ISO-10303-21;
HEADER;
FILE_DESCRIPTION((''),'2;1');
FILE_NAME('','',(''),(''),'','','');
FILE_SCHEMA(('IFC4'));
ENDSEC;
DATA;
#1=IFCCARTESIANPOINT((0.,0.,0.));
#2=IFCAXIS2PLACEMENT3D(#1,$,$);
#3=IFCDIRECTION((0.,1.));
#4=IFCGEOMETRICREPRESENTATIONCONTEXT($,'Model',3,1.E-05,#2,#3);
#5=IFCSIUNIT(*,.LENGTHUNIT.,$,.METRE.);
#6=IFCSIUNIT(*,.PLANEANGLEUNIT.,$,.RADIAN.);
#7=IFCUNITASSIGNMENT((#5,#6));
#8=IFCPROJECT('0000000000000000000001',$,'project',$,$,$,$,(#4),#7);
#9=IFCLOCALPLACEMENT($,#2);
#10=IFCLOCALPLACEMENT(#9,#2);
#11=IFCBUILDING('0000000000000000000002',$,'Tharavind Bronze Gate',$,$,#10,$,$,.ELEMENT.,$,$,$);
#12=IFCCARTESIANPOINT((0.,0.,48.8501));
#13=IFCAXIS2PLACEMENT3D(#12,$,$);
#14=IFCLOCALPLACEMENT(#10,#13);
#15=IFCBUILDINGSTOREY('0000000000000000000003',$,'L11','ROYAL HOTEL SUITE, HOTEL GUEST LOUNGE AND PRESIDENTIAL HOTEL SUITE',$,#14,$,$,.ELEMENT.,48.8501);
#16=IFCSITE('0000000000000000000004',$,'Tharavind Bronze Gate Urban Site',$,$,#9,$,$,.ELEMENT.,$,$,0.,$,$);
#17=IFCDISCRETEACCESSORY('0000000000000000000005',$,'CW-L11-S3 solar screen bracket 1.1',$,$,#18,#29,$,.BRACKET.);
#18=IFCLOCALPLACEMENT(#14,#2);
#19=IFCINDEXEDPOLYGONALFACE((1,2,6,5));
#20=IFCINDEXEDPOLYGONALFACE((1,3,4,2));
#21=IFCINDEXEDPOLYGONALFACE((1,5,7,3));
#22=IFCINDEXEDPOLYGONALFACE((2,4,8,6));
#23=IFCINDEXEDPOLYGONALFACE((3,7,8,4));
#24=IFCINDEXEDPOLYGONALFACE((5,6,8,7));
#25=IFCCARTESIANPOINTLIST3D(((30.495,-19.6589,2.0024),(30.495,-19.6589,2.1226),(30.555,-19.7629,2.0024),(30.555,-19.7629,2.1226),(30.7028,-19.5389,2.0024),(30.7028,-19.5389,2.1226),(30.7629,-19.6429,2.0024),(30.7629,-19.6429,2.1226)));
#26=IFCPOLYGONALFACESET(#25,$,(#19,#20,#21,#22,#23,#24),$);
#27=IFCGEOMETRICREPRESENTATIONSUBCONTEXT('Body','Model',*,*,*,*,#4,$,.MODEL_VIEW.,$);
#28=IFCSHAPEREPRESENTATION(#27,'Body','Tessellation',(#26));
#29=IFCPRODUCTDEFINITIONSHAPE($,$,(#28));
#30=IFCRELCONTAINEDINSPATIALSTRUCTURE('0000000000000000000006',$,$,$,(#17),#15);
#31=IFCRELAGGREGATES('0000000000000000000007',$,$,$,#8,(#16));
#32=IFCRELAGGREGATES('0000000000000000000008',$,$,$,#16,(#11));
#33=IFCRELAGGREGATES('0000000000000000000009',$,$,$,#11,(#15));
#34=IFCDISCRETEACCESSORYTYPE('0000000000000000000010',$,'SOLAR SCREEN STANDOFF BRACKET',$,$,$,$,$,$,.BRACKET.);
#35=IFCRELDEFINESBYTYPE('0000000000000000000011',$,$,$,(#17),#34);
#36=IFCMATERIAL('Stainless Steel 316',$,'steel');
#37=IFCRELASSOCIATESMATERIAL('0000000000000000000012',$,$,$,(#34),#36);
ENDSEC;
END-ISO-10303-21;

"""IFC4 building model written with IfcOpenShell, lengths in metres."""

from ifc_helpers import new_model, si_unit, direction, frame, origin, origin_2d, place, context, subcontext, project, spatial, rectangle, extrude, material, type_object, element, save


model = new_model("IFC4")

# Units and contexts
model_context = context("Model", 3, precision=1e-05, world=origin(), true_north=direction((0.0, 1.0)))
body_context = subcontext(model_context, "Body", "Model", "MODEL_VIEW")
ifc_project = project(units=[si_unit("LENGTHUNIT", "METRE"), si_unit("PLANEANGLEUNIT", "RADIAN")], contexts=[model_context])

# Site, building, storey
site_placement = place(None, origin())
site = spatial("IfcSite", under=ifc_project, at=site_placement, Name="Tharavind Bronze Gate Urban Site", CompositionType="ELEMENT", RefElevation=0.0)
building_placement = place(site_placement, origin())
building = spatial("IfcBuilding", under=site, at=building_placement, Name="Tharavind Bronze Gate", CompositionType="ELEMENT")
storey_placement = place(building_placement, frame((0.0, 0.0, 48.8501)))
storey = spatial("IfcBuildingStorey", under=building, at=storey_placement, Name="L11", Description="ROYAL HOTEL SUITE, HOTEL GUEST LOUNGE AND PRESIDENTIAL HOTEL SUITE", CompositionType="ELEMENT", Elevation=48.8501)

# Discrete accessory
ifc_material_1 = material(Name="Stainless Steel 316", Category="steel")
discrete_accessory_type = type_object("IfcDiscreteAccessoryType", Name="SOLAR SCREEN STANDOFF BRACKET", PredefinedType="BRACKET", material=ifc_material_1)
for number, where, z_axis, x_axis, name in (
    (1, (30.6289, -19.6509, 2.0024), (0.0, 0.0, 1.0), (-0.500002, 0.866025, 0.0), "CW-L11-S3 solar screen bracket 1.1"),
):
    element("IfcDiscreteAccessory", number, at=place(storey_placement, frame(where, z_axis=z_axis, x_axis=x_axis)), inside=storey, type_object=discrete_accessory_type, Name=name, PredefinedType="BRACKET", context=body_context, shape_type="SweptSolid", body=[
        extrude(rectangle(XDim=0.1201, YDim=0.24, at=origin_2d()), origin(), (0.0, 0.0, 1.0), 0.1201),
    ])

save(model, "model.ifc")
